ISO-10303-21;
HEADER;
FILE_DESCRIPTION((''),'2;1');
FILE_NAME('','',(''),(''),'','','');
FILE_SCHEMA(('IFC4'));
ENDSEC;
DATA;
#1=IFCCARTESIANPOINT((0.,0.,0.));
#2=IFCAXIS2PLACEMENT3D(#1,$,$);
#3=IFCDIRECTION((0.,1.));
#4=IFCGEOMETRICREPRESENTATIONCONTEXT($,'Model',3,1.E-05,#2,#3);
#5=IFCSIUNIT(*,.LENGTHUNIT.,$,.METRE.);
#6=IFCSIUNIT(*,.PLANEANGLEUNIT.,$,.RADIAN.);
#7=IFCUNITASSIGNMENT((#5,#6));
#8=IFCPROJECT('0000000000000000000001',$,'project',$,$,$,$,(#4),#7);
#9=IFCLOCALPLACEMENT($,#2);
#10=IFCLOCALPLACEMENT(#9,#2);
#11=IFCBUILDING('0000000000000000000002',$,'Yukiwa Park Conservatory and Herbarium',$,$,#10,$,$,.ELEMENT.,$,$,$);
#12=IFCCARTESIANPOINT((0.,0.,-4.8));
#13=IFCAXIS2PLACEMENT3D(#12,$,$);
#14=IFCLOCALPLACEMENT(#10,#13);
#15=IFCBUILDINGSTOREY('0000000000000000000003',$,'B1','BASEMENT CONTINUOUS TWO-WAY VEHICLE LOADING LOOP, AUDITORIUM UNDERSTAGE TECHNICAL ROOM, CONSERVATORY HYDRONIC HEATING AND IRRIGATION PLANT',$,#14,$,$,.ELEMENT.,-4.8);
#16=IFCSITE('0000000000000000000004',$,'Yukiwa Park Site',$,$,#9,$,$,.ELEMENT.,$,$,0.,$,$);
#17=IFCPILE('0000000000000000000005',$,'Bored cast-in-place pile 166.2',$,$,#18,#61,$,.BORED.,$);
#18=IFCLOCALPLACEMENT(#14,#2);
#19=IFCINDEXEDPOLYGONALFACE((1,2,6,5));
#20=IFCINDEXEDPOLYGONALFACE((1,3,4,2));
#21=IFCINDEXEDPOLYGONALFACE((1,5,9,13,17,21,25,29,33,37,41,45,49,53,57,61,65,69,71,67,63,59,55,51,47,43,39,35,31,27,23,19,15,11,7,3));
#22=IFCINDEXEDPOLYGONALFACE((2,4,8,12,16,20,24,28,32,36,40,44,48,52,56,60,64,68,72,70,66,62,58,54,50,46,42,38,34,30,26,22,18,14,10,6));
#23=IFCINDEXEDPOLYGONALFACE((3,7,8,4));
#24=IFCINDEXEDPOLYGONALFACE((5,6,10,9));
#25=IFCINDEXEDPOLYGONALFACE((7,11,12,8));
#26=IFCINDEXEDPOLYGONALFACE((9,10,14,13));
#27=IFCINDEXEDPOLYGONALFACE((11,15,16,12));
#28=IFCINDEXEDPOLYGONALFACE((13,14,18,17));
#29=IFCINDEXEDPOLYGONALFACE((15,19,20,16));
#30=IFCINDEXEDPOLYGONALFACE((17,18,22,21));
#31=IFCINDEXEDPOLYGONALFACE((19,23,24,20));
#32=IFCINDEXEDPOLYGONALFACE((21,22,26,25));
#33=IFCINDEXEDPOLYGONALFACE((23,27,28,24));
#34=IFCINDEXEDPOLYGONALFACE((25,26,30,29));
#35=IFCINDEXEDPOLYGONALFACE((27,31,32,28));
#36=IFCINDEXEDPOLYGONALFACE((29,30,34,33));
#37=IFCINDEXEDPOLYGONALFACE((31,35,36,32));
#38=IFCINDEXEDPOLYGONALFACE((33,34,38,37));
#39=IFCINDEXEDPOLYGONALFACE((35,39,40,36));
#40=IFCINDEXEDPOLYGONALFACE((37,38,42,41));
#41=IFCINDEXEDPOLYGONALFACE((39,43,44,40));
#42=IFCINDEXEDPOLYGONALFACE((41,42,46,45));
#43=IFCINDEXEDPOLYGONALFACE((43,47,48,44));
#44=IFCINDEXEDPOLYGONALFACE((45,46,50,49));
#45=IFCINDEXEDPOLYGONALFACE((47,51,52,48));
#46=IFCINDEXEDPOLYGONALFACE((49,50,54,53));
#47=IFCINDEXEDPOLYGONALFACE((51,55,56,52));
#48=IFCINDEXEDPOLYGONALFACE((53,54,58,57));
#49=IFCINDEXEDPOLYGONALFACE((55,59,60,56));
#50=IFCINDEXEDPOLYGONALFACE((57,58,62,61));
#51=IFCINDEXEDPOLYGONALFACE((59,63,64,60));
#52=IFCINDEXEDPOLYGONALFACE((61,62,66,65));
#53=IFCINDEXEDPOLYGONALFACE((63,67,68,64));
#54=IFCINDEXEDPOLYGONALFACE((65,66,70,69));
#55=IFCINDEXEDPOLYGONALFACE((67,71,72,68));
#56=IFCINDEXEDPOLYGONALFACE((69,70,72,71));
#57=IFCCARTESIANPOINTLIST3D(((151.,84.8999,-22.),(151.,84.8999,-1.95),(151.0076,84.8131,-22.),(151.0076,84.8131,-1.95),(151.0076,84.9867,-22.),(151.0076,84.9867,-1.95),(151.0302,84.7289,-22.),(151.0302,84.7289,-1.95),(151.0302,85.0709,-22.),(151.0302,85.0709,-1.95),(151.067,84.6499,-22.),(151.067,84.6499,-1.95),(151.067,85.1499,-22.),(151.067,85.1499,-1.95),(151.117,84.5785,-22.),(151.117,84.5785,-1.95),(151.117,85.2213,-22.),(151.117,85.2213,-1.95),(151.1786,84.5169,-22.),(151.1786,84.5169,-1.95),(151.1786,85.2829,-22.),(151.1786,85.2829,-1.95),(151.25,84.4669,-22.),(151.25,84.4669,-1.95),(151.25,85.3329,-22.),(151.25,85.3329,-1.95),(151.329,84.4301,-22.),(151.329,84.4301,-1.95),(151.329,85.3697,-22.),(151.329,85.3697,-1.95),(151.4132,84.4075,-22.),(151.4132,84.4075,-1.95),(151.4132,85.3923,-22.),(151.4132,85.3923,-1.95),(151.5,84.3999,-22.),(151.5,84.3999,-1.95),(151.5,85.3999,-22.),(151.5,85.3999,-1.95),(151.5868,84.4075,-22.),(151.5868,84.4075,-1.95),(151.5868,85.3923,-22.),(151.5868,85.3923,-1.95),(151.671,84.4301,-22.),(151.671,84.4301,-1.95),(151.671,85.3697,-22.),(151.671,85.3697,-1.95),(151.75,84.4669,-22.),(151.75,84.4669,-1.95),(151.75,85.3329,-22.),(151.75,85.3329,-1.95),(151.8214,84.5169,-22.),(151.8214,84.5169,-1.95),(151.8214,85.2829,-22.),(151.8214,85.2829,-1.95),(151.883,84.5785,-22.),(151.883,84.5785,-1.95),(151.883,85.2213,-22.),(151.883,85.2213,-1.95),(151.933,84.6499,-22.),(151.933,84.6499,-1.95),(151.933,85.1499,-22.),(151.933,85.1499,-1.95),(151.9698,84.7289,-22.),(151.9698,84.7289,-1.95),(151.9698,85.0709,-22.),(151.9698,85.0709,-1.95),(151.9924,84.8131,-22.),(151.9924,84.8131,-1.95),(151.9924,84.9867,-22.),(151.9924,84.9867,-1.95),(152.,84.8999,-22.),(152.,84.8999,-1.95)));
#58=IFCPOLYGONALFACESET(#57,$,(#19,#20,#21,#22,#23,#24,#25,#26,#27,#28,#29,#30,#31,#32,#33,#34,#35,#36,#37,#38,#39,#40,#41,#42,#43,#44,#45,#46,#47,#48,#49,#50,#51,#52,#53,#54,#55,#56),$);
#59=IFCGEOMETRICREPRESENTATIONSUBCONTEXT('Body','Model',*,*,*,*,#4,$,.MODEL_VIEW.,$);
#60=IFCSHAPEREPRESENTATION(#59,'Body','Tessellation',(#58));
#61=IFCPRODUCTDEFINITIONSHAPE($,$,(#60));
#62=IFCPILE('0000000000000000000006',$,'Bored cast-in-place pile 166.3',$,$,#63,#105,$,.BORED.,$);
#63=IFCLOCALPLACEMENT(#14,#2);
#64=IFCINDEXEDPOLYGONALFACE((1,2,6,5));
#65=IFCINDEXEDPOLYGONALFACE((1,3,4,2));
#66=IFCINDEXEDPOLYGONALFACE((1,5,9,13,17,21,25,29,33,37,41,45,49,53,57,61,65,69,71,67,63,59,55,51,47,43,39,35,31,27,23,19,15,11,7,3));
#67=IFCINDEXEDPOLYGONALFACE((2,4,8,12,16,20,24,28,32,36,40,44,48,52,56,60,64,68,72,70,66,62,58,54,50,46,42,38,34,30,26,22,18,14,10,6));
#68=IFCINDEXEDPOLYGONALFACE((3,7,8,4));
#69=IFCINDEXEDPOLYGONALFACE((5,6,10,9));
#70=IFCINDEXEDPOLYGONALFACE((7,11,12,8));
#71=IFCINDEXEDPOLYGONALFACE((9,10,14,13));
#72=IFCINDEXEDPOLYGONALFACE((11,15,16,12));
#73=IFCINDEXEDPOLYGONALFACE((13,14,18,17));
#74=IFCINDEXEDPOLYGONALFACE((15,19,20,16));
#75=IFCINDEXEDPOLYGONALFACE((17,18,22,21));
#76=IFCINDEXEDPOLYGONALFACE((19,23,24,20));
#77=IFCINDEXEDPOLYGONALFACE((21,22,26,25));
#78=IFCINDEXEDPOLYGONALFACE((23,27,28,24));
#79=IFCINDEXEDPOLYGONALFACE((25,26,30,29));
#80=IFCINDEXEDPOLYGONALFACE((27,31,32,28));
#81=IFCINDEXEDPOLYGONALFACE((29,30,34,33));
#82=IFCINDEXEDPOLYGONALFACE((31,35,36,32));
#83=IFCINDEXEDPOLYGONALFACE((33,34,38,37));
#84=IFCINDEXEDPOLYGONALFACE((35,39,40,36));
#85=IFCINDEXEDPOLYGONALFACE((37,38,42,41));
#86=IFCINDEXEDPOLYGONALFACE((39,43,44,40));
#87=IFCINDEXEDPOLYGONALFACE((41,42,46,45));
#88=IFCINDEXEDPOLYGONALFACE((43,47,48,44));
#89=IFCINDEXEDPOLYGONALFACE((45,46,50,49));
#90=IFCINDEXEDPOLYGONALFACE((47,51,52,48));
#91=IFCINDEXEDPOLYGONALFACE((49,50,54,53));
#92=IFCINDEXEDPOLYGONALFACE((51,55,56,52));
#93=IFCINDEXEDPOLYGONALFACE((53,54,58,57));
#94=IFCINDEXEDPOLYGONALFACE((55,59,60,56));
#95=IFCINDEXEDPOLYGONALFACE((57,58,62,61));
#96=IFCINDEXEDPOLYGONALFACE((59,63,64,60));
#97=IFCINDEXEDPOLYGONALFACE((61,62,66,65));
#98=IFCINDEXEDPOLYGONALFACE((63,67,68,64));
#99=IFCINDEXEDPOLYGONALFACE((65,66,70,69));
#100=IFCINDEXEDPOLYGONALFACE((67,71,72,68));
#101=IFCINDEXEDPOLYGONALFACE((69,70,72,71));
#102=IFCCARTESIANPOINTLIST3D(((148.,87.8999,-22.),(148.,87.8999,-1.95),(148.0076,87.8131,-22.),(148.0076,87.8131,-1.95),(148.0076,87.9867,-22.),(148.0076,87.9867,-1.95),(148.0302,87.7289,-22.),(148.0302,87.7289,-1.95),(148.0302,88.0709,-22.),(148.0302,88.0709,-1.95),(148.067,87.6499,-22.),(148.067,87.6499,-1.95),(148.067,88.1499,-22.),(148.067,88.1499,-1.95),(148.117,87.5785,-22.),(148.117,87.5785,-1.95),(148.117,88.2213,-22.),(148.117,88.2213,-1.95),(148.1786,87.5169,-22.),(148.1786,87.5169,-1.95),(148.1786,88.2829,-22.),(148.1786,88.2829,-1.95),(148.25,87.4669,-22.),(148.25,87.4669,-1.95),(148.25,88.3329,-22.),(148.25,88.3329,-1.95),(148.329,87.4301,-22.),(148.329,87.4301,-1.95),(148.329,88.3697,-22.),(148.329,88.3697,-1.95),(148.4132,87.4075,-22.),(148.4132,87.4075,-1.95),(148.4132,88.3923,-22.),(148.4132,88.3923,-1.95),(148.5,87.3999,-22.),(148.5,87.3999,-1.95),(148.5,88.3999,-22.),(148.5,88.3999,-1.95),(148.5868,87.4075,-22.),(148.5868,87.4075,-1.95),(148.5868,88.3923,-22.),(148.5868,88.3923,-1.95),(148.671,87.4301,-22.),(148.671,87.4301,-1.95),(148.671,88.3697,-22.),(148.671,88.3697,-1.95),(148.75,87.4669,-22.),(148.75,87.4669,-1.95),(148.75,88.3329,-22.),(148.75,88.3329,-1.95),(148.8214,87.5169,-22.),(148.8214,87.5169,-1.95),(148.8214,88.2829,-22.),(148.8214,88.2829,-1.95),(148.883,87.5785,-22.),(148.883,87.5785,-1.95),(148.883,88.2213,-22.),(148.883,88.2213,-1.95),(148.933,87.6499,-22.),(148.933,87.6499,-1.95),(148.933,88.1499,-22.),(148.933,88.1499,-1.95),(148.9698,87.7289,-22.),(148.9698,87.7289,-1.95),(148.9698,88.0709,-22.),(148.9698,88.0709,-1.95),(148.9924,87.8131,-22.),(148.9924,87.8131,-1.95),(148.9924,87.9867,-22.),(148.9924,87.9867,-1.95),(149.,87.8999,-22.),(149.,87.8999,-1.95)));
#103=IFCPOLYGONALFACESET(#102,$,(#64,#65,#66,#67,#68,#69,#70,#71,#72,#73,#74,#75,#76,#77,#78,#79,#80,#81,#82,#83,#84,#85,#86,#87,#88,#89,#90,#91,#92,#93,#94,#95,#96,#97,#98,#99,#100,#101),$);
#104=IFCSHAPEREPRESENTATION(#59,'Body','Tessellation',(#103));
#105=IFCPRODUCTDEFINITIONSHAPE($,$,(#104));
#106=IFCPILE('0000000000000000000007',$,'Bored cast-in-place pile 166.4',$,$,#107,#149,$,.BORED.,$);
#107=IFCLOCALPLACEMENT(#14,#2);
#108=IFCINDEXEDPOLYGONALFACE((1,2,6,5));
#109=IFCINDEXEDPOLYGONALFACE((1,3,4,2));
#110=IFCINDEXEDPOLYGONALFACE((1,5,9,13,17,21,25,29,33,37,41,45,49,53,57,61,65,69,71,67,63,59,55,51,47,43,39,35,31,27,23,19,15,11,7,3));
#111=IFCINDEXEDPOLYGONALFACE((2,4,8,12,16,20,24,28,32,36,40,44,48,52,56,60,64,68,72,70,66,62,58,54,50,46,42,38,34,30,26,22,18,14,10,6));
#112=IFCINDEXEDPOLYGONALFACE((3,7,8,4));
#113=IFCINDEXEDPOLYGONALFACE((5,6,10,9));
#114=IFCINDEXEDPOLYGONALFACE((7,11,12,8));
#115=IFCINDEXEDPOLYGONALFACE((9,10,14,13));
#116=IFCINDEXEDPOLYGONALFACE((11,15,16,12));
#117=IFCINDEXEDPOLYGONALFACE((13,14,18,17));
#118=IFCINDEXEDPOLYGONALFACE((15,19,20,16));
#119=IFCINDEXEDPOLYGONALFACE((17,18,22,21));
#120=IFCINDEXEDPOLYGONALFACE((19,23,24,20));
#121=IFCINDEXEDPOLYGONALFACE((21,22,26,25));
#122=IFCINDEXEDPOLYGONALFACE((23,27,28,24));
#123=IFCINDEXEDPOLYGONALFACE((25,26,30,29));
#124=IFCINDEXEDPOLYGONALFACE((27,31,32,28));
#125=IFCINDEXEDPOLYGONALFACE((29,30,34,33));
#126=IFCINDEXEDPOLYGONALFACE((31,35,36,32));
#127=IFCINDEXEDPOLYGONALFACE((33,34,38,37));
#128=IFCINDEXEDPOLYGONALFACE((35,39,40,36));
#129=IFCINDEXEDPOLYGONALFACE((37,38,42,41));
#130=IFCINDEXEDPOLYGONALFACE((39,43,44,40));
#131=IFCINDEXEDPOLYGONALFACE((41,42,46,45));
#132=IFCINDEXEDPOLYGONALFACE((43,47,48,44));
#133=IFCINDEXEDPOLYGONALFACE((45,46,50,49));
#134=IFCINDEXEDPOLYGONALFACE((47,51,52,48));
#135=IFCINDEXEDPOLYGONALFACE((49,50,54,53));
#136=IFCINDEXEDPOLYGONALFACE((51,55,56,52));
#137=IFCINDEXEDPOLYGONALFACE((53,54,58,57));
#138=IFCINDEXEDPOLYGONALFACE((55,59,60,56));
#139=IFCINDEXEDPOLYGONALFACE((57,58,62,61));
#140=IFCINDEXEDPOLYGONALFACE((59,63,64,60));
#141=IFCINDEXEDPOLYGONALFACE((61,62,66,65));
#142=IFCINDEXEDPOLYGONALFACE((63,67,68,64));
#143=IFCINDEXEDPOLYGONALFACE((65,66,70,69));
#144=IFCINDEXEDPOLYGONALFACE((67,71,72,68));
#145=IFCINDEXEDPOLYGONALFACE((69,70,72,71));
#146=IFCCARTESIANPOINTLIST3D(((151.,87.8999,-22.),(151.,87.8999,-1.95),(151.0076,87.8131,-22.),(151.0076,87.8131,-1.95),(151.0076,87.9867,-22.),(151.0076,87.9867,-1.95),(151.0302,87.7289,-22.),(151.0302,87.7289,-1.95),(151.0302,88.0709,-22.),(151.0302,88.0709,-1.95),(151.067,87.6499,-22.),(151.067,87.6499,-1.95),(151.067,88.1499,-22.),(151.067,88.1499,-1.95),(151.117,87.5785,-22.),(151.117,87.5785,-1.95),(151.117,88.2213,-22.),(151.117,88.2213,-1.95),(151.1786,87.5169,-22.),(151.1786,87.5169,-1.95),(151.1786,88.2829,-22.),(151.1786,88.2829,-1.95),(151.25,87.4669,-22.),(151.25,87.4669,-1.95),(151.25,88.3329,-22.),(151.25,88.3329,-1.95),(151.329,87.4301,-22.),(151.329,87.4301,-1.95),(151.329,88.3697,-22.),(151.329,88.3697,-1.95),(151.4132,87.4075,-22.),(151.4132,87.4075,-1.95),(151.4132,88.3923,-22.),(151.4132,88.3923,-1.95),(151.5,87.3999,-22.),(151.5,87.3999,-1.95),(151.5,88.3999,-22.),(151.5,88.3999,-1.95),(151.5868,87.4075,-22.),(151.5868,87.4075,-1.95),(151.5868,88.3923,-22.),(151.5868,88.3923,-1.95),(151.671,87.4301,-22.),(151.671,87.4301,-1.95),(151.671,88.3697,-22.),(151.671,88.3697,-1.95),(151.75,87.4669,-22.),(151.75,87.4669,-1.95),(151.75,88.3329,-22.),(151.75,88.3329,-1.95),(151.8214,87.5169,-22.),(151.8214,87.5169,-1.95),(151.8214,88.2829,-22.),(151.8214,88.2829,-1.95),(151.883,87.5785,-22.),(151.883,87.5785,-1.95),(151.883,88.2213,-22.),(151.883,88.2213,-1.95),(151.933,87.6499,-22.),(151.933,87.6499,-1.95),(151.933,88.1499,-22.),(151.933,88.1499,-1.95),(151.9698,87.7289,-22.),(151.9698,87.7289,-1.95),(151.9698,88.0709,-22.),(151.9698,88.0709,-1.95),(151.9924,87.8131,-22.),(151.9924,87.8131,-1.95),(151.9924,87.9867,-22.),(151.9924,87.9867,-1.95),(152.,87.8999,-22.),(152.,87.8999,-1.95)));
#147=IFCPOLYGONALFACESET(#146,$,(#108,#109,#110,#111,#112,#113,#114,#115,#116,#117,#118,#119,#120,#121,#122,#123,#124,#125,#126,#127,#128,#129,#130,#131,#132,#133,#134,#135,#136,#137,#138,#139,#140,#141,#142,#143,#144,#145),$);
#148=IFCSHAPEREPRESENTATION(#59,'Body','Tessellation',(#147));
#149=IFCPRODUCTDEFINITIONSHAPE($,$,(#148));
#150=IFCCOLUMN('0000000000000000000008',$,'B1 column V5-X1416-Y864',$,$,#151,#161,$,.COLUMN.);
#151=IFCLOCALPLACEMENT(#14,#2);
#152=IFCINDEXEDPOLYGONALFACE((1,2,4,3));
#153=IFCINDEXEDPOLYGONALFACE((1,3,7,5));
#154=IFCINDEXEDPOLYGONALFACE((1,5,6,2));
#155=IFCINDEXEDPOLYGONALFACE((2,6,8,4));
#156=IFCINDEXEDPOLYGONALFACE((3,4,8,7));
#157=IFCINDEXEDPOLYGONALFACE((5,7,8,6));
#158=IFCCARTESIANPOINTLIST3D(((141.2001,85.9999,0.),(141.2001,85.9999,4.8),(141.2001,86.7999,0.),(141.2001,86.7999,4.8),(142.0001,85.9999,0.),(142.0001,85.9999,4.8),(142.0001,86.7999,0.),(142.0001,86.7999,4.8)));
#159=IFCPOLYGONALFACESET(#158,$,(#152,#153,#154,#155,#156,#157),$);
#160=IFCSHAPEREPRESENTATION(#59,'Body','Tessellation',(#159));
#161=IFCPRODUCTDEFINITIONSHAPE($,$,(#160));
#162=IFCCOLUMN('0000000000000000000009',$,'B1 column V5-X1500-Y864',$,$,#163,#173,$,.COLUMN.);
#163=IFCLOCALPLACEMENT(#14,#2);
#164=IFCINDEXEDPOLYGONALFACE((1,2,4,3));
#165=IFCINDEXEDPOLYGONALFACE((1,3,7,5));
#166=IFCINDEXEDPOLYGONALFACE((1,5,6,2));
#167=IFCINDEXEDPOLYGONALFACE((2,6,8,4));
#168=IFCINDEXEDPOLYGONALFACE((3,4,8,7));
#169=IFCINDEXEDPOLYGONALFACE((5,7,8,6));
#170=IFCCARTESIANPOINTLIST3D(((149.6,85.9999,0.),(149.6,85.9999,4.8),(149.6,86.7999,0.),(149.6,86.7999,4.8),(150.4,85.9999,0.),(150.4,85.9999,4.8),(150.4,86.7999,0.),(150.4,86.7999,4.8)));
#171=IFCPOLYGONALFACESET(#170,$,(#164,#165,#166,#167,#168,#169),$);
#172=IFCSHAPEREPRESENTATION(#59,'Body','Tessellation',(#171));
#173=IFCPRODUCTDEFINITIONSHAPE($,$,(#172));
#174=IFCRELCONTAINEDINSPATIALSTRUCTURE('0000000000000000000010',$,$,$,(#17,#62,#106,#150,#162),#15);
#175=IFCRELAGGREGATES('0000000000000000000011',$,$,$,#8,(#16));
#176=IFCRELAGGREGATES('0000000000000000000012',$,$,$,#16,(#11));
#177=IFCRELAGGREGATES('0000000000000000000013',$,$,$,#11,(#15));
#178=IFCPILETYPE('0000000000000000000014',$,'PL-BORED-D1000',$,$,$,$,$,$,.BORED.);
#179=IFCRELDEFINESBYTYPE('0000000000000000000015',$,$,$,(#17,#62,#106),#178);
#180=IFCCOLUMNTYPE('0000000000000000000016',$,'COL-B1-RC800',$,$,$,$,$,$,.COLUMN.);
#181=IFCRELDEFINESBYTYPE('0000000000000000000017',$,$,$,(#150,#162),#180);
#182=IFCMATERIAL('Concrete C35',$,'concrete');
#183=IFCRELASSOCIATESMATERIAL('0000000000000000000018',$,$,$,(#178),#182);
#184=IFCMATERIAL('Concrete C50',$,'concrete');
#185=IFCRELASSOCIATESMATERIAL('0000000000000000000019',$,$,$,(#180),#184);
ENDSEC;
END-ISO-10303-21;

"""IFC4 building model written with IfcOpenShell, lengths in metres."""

from ifc_helpers import new_model, si_unit, direction, frame, origin, origin_2d, place, context, subcontext, project, spatial, rectangle, circle, extrude, material, material_profile, profile_set, type_object, element, save


model = new_model("IFC4")

# Units and contexts
model_context = context("Model", 3, precision=1e-05, world=origin(), true_north=direction((0.0, 1.0)))
body_context = subcontext(model_context, "Body", "Model", "MODEL_VIEW")
ifc_project = project(units=[si_unit("LENGTHUNIT", "METRE"), si_unit("PLANEANGLEUNIT", "RADIAN")], contexts=[model_context])

# Site, building, storey
site_placement = place(None, origin())
site = spatial("IfcSite", under=ifc_project, at=site_placement, Name="Yukiwa Park Site", CompositionType="ELEMENT", RefElevation=0.0)
building_placement = place(site_placement, origin())
building = spatial("IfcBuilding", under=site, at=building_placement, Name="Yukiwa Park Conservatory and Herbarium", CompositionType="ELEMENT")
storey_placement = place(building_placement, frame((0.0, 0.0, -4.8)))
storey = spatial("IfcBuildingStorey", under=building, at=storey_placement, Name="B1", Description="BASEMENT CONTINUOUS TWO-WAY VEHICLE LOADING LOOP, AUDITORIUM UNDERSTAGE TECHNICAL ROOM, CONSERVATORY HYDRONIC HEATING AND IRRIGATION PLANT", CompositionType="ELEMENT", Elevation=-4.8)

# Piles
ifc_material_1 = material(Name="Concrete C35", Category="concrete")
ifc_material_profile_1 = material_profile(ifc_material_1, circle(Radius=0.5, at=origin_2d()), Name="PILE D1000")
ifc_profile_set_1 = profile_set([ifc_material_profile_1], Name="Concrete C35")
pile_type = type_object("IfcPileType", Name="PL-BORED-D1000", PredefinedType="BORED", material=ifc_profile_set_1)
for number, where, z_axis, x_axis, name in (
    (1, (151.5, 84.8999, -1.95), (0.0, 0.0, -1.0), (1.0, 0.0, 0.0), "Bored cast-in-place pile 166.2"),
    (2, (148.5, 87.8999, -1.95), (0.0, 0.0, -1.0), (1.0, 0.0, 0.0), "Bored cast-in-place pile 166.3"),
    (3, (151.5, 87.8999, -1.95), (0.0, 0.0, -1.0), (1.0, 0.0, 0.0), "Bored cast-in-place pile 166.4"),
):
    element("IfcPile", number, at=place(storey_placement, frame(where, z_axis=z_axis, x_axis=x_axis)), inside=storey, type_object=pile_type, Name=name, PredefinedType="BORED", context=body_context, shape_type="SweptSolid", body=[
        extrude(circle(Radius=0.5, at=origin_2d()), origin(), (0.0, 0.0, 1.0), 20.05),
    ])

# Columns
ifc_material_2 = material(Name="Concrete C50", Category="concrete")
ifc_material_profile_2 = material_profile(ifc_material_2, rectangle(XDim=0.8, YDim=0.8, at=origin_2d()), Name="RC 800x800")
ifc_profile_set_2 = profile_set([ifc_material_profile_2], Name="Concrete C50")
column_type_1 = type_object("IfcColumnType", Name="COL-B1-RC800", PredefinedType="COLUMN", material=ifc_profile_set_2)
for number, where, z_axis, x_axis, name in (
    (4, (141.6001, 86.3999, 0.0), (0.0, 0.0, 1.0), (1.0, 0.0, 0.0), "B1 column V5-X1416-Y864"),
    (5, (150.0, 86.3999, 0.0), (0.0, 0.0, 1.0), (1.0, 0.0, 0.0), "B1 column V5-X1500-Y864"),
):
    element("IfcColumn", number, at=place(storey_placement, frame(where, z_axis=z_axis, x_axis=x_axis)), inside=storey, type_object=column_type_1, Name=name, PredefinedType="COLUMN", context=body_context, shape_type="SweptSolid", body=[
        extrude(rectangle(XDim=0.8, YDim=0.8, at=origin_2d()), origin(), (0.0, 0.0, 1.0), 4.8),
    ])

save(model, "model.ifc")
